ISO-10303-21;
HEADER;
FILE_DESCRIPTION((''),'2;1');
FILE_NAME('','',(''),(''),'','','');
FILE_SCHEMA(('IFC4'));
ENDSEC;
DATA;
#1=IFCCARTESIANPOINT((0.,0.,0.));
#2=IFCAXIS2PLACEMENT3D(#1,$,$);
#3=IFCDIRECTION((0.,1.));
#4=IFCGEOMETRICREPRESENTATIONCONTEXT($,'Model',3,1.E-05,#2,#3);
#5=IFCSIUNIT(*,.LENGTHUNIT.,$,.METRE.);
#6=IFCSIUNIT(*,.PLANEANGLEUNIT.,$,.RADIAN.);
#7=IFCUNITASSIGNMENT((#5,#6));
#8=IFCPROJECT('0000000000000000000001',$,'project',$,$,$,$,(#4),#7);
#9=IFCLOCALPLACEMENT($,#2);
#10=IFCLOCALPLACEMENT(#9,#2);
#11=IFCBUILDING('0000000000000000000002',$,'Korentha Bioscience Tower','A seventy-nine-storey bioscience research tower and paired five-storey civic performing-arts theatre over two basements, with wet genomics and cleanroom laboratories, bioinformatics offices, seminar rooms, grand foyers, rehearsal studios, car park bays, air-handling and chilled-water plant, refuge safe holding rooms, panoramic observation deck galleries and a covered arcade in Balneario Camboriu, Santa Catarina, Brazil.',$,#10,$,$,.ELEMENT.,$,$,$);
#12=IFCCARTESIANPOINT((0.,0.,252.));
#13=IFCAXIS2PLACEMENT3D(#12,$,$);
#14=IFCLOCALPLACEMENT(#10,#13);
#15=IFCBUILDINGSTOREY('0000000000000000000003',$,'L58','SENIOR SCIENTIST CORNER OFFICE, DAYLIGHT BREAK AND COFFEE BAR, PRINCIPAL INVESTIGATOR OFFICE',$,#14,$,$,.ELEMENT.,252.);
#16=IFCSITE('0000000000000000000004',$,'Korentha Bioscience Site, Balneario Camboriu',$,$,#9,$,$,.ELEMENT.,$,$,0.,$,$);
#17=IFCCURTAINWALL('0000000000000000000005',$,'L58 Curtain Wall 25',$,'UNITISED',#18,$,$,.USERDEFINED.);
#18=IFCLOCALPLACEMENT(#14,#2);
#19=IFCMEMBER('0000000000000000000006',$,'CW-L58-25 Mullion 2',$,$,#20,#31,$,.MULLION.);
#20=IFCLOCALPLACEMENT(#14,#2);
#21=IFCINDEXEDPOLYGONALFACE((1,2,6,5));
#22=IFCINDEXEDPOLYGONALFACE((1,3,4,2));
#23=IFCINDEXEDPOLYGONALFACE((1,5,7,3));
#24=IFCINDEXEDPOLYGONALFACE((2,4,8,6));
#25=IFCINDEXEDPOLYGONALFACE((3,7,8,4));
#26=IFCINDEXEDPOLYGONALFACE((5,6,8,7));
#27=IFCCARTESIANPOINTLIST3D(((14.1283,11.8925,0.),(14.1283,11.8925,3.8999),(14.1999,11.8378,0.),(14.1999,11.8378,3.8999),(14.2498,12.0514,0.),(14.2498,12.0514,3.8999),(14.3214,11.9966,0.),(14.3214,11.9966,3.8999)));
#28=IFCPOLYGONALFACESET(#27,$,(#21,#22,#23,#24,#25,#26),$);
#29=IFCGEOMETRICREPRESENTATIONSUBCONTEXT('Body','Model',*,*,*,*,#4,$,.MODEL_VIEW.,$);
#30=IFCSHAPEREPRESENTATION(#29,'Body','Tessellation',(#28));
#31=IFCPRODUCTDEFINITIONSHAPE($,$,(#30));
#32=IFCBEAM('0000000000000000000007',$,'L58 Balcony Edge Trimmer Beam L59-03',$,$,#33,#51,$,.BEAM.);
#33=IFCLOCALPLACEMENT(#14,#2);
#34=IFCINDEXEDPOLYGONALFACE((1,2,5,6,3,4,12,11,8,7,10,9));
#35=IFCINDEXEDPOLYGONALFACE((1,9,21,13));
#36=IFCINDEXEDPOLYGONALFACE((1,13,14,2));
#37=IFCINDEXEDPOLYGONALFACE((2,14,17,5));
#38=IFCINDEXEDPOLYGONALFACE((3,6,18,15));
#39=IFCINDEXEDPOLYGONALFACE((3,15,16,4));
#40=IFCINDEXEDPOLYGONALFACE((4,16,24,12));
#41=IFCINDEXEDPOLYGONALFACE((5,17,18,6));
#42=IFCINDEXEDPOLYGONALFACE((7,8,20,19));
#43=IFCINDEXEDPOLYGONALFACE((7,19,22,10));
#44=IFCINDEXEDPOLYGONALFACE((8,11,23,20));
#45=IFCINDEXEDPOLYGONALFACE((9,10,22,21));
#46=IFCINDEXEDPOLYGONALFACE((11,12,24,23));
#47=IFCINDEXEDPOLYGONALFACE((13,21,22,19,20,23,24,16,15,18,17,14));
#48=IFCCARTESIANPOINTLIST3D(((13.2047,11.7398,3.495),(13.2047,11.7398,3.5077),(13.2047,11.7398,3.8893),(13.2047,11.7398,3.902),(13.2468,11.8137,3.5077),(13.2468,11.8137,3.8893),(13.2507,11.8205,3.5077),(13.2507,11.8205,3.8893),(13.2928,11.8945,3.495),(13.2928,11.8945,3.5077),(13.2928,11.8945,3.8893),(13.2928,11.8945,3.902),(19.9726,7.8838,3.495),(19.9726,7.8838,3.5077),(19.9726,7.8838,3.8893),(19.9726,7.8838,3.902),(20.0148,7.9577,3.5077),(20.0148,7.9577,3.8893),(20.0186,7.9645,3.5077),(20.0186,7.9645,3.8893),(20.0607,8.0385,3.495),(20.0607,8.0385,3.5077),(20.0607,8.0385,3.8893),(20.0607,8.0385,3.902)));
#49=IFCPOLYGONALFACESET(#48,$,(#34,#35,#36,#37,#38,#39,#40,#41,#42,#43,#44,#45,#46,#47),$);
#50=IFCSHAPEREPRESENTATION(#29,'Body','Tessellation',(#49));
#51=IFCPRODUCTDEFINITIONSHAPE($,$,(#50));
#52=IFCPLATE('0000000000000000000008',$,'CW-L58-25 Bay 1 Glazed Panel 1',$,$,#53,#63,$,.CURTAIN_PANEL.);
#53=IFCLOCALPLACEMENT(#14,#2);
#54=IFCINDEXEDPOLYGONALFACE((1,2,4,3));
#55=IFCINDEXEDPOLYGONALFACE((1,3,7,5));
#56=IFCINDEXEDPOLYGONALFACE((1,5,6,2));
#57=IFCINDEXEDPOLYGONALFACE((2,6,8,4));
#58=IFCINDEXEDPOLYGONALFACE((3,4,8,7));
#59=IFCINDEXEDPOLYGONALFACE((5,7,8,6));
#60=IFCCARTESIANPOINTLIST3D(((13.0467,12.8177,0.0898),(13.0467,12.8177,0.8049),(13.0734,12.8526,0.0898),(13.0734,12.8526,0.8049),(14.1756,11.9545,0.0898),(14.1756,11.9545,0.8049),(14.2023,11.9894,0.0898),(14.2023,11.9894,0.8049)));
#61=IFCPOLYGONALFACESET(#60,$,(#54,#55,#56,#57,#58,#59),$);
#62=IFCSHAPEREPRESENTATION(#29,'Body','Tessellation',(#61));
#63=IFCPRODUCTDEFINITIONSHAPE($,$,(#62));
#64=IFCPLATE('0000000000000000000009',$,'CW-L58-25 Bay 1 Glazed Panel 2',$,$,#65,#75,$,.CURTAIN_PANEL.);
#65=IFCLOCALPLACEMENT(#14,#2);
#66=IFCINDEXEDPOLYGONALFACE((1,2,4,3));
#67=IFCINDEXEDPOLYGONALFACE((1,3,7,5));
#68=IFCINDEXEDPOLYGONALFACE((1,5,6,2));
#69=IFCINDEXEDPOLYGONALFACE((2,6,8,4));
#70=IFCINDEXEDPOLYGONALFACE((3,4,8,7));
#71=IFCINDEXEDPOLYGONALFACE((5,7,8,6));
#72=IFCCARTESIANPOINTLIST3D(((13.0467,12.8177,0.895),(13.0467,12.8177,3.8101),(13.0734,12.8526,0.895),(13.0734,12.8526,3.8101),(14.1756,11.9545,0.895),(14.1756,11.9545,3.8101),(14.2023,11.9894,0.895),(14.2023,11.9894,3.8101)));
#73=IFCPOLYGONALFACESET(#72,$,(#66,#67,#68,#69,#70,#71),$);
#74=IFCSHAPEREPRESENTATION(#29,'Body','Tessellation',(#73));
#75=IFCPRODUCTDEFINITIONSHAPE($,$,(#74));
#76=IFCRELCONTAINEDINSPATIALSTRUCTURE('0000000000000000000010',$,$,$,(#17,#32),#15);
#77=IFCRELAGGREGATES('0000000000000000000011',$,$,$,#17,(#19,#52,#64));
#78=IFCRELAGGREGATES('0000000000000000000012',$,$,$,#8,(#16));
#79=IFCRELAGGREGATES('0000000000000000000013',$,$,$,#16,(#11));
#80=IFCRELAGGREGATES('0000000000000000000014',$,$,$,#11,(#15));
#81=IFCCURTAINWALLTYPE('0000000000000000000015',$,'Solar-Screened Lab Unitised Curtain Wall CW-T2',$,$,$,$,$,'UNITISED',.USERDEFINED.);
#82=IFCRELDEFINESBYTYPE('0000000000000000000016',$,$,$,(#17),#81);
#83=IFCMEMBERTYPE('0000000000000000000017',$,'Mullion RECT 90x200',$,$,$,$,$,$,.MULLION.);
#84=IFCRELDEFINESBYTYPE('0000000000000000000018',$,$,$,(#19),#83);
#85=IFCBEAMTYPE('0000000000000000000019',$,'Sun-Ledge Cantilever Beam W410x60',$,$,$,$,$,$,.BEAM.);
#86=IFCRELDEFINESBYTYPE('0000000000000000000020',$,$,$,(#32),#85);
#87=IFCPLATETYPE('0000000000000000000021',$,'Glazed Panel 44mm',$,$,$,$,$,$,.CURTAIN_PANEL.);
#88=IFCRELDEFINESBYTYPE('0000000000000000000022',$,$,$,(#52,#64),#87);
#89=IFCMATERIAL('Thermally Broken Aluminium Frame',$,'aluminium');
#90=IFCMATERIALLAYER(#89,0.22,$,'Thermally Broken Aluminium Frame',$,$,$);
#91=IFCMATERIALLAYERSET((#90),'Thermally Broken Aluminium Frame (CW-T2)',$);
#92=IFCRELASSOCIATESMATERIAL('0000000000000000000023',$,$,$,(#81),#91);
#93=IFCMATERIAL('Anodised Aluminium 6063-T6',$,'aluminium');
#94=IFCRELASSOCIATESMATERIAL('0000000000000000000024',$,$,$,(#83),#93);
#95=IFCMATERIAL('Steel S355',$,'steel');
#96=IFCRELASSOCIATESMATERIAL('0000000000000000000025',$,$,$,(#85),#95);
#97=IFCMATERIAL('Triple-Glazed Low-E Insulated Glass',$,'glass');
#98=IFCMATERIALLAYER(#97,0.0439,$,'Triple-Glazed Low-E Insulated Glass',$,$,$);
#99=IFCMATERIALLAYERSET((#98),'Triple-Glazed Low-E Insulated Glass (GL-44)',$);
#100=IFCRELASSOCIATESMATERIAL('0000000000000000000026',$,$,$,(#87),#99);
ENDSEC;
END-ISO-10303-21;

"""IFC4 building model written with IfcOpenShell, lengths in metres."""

from ifc_helpers import new_model, si_unit, direction, frame, origin, origin_2d, place, context, subcontext, project, spatial, rectangle, i_section, extrude, material, layer, layer_set, material_profile, profile_set, type_object, element, aggregate, save


model = new_model("IFC4")

# Units and contexts
model_context = context("Model", 3, precision=1e-05, world=origin(), true_north=direction((0.0, 1.0)))
body_context = subcontext(model_context, "Body", "Model", "MODEL_VIEW")
ifc_project = project(units=[si_unit("LENGTHUNIT", "METRE"), si_unit("PLANEANGLEUNIT", "RADIAN")], contexts=[model_context])

# Site, building, storey
site_placement = place(None, origin())
site = spatial("IfcSite", under=ifc_project, at=site_placement, Name="Korentha Bioscience Site, Balneario Camboriu", CompositionType="ELEMENT", RefElevation=0.0)
building_placement = place(site_placement, origin())
building = spatial("IfcBuilding", under=site, at=building_placement, Name="Korentha Bioscience Tower", Description="A seventy-nine-storey bioscience research tower and paired five-storey civic performing-arts theatre over two basements, with wet genomics and cleanroom laboratories, bioinformatics offices, seminar rooms, grand foyers, rehearsal studios, car park bays, air-handling and chilled-water plant, refuge safe holding rooms, panoramic observation deck galleries and a covered arcade in Balneario Camboriu, Santa Catarina, Brazil.", CompositionType="ELEMENT")
storey_placement = place(building_placement, frame((0.0, 0.0, 252.0)))
storey = spatial("IfcBuildingStorey", under=building, at=storey_placement, Name="L58", Description="SENIOR SCIENTIST CORNER OFFICE, DAYLIGHT BREAK AND COFFEE BAR, PRINCIPAL INVESTIGATOR OFFICE", CompositionType="ELEMENT", Elevation=252.0)

# Curtain wall, member
ifc_material_1 = material(Name="Thermally Broken Aluminium Frame", Category="aluminium")
ifc_layer_1 = layer(ifc_material_1, 0.22, Name="Thermally Broken Aluminium Frame")
ifc_layer_set_1 = layer_set([ifc_layer_1], Name="Thermally Broken Aluminium Frame (CW-T2)")
curtain_wall_type = type_object("IfcCurtainWallType", Name="Solar-Screened Lab Unitised Curtain Wall CW-T2", ElementType="UNITISED", PredefinedType="USERDEFINED", material=ifc_layer_set_1)
curtain_wall_placement = place(storey_placement, origin())
curtain_wall = element("IfcCurtainWall", 1, at=curtain_wall_placement, inside=storey, type_object=curtain_wall_type, Name="L58 Curtain Wall 25", ObjectType="UNITISED", PredefinedType="USERDEFINED")
ifc_material_2 = material(Name="Anodised Aluminium 6063-T6", Category="aluminium")
ifc_material_profile_1 = material_profile(ifc_material_2, rectangle(XDim=0.0901, YDim=0.2, at=origin_2d()), Name="Anodised Aluminium 6063-T6")
ifc_profile_set_1 = profile_set([ifc_material_profile_1], Name="Anodised Aluminium 6063-T6 (CW-MUL)")
member_type = type_object("IfcMemberType", Name="Mullion RECT 90x200", PredefinedType="MULLION", material=ifc_profile_set_1)
member_placement = place(storey_placement, frame((14.2249, 11.9446, 0.0), z_axis=(0.0, 0.0, 1.0), x_axis=(0.794382, -0.607418, 0.0)))
member = element("IfcMember", 2, at=member_placement, type_object=member_type, Name="CW-L58-25 Mullion 2", PredefinedType="MULLION", context=body_context, shape_type="SweptSolid", body=[
    extrude(rectangle(XDim=0.0901, YDim=0.2, at=origin_2d()), origin(), (0.0, 0.0, 1.0), 3.8999),
])

# Beam
ifc_material_3 = material(Name="Steel S355", Category="steel")
ifc_material_profile_2 = material_profile(ifc_material_3, i_section(OverallWidth=0.178, OverallDepth=0.407, WebThickness=0.0078, FlangeThickness=0.0127, at=origin_2d()), Name="Steel S355")
ifc_profile_set_2 = profile_set([ifc_material_profile_2], Name="Steel S355 (CB-410)")
beam_type = type_object("IfcBeamType", Name="Sun-Ledge Cantilever Beam W410x60", PredefinedType="BEAM", material=ifc_profile_set_2)
beam_placement = place(storey_placement, frame((13.2488, 11.8171, 3.6985), z_axis=(0.868871, -0.495038, 0.0), x_axis=(0.495038, 0.868871, 0.0)))
element("IfcBeam", 3, at=beam_placement, inside=storey, type_object=beam_type, Name="L58 Balcony Edge Trimmer Beam L59-03", PredefinedType="BEAM", context=body_context, shape_type="SweptSolid", body=[
    extrude(i_section(OverallWidth=0.178, OverallDepth=0.407, WebThickness=0.0078, FlangeThickness=0.0127, at=origin_2d()), origin(), (0.0, 0.0, 1.0), 7.7893),
])

# Plates
ifc_material_4 = material(Name="Triple-Glazed Low-E Insulated Glass", Category="glass")
ifc_layer_2 = layer(ifc_material_4, 0.0439, Name="Triple-Glazed Low-E Insulated Glass")
ifc_layer_set_2 = layer_set([ifc_layer_2], Name="Triple-Glazed Low-E Insulated Glass (GL-44)")
plate_type = type_object("IfcPlateType", Name="Glazed Panel 44mm", PredefinedType="CURTAIN_PANEL", material=ifc_layer_set_2)
plate_1_placement = place(storey_placement, frame((13.6245, 12.4036, 0.0898), z_axis=(0.0, 0.0, 1.0), x_axis=(0.794382, -0.607418, 0.0)))
plate_1 = element("IfcPlate", 4, at=plate_1_placement, type_object=plate_type, Name="CW-L58-25 Bay 1 Glazed Panel 1", PredefinedType="CURTAIN_PANEL", context=body_context, shape_type="SweptSolid", body=[
    extrude(rectangle(XDim=1.4211, YDim=0.0439, at=origin_2d()), origin(), (0.0, 0.0, 1.0), 0.7151),
])
plate_2_placement = place(storey_placement, frame((13.6245, 12.4036, 0.895), z_axis=(0.0, 0.0, 1.0), x_axis=(0.794382, -0.607418, 0.0)))
plate_2 = element("IfcPlate", 5, at=plate_2_placement, type_object=plate_type, Name="CW-L58-25 Bay 1 Glazed Panel 2", PredefinedType="CURTAIN_PANEL", context=body_context, shape_type="SweptSolid", body=[
    extrude(rectangle(XDim=1.4211, YDim=0.0439, at=origin_2d()), origin(), (0.0, 0.0, 1.0), 2.915),
])
aggregate(curtain_wall, [member, plate_1, plate_2])

save(model, "model.ifc")
